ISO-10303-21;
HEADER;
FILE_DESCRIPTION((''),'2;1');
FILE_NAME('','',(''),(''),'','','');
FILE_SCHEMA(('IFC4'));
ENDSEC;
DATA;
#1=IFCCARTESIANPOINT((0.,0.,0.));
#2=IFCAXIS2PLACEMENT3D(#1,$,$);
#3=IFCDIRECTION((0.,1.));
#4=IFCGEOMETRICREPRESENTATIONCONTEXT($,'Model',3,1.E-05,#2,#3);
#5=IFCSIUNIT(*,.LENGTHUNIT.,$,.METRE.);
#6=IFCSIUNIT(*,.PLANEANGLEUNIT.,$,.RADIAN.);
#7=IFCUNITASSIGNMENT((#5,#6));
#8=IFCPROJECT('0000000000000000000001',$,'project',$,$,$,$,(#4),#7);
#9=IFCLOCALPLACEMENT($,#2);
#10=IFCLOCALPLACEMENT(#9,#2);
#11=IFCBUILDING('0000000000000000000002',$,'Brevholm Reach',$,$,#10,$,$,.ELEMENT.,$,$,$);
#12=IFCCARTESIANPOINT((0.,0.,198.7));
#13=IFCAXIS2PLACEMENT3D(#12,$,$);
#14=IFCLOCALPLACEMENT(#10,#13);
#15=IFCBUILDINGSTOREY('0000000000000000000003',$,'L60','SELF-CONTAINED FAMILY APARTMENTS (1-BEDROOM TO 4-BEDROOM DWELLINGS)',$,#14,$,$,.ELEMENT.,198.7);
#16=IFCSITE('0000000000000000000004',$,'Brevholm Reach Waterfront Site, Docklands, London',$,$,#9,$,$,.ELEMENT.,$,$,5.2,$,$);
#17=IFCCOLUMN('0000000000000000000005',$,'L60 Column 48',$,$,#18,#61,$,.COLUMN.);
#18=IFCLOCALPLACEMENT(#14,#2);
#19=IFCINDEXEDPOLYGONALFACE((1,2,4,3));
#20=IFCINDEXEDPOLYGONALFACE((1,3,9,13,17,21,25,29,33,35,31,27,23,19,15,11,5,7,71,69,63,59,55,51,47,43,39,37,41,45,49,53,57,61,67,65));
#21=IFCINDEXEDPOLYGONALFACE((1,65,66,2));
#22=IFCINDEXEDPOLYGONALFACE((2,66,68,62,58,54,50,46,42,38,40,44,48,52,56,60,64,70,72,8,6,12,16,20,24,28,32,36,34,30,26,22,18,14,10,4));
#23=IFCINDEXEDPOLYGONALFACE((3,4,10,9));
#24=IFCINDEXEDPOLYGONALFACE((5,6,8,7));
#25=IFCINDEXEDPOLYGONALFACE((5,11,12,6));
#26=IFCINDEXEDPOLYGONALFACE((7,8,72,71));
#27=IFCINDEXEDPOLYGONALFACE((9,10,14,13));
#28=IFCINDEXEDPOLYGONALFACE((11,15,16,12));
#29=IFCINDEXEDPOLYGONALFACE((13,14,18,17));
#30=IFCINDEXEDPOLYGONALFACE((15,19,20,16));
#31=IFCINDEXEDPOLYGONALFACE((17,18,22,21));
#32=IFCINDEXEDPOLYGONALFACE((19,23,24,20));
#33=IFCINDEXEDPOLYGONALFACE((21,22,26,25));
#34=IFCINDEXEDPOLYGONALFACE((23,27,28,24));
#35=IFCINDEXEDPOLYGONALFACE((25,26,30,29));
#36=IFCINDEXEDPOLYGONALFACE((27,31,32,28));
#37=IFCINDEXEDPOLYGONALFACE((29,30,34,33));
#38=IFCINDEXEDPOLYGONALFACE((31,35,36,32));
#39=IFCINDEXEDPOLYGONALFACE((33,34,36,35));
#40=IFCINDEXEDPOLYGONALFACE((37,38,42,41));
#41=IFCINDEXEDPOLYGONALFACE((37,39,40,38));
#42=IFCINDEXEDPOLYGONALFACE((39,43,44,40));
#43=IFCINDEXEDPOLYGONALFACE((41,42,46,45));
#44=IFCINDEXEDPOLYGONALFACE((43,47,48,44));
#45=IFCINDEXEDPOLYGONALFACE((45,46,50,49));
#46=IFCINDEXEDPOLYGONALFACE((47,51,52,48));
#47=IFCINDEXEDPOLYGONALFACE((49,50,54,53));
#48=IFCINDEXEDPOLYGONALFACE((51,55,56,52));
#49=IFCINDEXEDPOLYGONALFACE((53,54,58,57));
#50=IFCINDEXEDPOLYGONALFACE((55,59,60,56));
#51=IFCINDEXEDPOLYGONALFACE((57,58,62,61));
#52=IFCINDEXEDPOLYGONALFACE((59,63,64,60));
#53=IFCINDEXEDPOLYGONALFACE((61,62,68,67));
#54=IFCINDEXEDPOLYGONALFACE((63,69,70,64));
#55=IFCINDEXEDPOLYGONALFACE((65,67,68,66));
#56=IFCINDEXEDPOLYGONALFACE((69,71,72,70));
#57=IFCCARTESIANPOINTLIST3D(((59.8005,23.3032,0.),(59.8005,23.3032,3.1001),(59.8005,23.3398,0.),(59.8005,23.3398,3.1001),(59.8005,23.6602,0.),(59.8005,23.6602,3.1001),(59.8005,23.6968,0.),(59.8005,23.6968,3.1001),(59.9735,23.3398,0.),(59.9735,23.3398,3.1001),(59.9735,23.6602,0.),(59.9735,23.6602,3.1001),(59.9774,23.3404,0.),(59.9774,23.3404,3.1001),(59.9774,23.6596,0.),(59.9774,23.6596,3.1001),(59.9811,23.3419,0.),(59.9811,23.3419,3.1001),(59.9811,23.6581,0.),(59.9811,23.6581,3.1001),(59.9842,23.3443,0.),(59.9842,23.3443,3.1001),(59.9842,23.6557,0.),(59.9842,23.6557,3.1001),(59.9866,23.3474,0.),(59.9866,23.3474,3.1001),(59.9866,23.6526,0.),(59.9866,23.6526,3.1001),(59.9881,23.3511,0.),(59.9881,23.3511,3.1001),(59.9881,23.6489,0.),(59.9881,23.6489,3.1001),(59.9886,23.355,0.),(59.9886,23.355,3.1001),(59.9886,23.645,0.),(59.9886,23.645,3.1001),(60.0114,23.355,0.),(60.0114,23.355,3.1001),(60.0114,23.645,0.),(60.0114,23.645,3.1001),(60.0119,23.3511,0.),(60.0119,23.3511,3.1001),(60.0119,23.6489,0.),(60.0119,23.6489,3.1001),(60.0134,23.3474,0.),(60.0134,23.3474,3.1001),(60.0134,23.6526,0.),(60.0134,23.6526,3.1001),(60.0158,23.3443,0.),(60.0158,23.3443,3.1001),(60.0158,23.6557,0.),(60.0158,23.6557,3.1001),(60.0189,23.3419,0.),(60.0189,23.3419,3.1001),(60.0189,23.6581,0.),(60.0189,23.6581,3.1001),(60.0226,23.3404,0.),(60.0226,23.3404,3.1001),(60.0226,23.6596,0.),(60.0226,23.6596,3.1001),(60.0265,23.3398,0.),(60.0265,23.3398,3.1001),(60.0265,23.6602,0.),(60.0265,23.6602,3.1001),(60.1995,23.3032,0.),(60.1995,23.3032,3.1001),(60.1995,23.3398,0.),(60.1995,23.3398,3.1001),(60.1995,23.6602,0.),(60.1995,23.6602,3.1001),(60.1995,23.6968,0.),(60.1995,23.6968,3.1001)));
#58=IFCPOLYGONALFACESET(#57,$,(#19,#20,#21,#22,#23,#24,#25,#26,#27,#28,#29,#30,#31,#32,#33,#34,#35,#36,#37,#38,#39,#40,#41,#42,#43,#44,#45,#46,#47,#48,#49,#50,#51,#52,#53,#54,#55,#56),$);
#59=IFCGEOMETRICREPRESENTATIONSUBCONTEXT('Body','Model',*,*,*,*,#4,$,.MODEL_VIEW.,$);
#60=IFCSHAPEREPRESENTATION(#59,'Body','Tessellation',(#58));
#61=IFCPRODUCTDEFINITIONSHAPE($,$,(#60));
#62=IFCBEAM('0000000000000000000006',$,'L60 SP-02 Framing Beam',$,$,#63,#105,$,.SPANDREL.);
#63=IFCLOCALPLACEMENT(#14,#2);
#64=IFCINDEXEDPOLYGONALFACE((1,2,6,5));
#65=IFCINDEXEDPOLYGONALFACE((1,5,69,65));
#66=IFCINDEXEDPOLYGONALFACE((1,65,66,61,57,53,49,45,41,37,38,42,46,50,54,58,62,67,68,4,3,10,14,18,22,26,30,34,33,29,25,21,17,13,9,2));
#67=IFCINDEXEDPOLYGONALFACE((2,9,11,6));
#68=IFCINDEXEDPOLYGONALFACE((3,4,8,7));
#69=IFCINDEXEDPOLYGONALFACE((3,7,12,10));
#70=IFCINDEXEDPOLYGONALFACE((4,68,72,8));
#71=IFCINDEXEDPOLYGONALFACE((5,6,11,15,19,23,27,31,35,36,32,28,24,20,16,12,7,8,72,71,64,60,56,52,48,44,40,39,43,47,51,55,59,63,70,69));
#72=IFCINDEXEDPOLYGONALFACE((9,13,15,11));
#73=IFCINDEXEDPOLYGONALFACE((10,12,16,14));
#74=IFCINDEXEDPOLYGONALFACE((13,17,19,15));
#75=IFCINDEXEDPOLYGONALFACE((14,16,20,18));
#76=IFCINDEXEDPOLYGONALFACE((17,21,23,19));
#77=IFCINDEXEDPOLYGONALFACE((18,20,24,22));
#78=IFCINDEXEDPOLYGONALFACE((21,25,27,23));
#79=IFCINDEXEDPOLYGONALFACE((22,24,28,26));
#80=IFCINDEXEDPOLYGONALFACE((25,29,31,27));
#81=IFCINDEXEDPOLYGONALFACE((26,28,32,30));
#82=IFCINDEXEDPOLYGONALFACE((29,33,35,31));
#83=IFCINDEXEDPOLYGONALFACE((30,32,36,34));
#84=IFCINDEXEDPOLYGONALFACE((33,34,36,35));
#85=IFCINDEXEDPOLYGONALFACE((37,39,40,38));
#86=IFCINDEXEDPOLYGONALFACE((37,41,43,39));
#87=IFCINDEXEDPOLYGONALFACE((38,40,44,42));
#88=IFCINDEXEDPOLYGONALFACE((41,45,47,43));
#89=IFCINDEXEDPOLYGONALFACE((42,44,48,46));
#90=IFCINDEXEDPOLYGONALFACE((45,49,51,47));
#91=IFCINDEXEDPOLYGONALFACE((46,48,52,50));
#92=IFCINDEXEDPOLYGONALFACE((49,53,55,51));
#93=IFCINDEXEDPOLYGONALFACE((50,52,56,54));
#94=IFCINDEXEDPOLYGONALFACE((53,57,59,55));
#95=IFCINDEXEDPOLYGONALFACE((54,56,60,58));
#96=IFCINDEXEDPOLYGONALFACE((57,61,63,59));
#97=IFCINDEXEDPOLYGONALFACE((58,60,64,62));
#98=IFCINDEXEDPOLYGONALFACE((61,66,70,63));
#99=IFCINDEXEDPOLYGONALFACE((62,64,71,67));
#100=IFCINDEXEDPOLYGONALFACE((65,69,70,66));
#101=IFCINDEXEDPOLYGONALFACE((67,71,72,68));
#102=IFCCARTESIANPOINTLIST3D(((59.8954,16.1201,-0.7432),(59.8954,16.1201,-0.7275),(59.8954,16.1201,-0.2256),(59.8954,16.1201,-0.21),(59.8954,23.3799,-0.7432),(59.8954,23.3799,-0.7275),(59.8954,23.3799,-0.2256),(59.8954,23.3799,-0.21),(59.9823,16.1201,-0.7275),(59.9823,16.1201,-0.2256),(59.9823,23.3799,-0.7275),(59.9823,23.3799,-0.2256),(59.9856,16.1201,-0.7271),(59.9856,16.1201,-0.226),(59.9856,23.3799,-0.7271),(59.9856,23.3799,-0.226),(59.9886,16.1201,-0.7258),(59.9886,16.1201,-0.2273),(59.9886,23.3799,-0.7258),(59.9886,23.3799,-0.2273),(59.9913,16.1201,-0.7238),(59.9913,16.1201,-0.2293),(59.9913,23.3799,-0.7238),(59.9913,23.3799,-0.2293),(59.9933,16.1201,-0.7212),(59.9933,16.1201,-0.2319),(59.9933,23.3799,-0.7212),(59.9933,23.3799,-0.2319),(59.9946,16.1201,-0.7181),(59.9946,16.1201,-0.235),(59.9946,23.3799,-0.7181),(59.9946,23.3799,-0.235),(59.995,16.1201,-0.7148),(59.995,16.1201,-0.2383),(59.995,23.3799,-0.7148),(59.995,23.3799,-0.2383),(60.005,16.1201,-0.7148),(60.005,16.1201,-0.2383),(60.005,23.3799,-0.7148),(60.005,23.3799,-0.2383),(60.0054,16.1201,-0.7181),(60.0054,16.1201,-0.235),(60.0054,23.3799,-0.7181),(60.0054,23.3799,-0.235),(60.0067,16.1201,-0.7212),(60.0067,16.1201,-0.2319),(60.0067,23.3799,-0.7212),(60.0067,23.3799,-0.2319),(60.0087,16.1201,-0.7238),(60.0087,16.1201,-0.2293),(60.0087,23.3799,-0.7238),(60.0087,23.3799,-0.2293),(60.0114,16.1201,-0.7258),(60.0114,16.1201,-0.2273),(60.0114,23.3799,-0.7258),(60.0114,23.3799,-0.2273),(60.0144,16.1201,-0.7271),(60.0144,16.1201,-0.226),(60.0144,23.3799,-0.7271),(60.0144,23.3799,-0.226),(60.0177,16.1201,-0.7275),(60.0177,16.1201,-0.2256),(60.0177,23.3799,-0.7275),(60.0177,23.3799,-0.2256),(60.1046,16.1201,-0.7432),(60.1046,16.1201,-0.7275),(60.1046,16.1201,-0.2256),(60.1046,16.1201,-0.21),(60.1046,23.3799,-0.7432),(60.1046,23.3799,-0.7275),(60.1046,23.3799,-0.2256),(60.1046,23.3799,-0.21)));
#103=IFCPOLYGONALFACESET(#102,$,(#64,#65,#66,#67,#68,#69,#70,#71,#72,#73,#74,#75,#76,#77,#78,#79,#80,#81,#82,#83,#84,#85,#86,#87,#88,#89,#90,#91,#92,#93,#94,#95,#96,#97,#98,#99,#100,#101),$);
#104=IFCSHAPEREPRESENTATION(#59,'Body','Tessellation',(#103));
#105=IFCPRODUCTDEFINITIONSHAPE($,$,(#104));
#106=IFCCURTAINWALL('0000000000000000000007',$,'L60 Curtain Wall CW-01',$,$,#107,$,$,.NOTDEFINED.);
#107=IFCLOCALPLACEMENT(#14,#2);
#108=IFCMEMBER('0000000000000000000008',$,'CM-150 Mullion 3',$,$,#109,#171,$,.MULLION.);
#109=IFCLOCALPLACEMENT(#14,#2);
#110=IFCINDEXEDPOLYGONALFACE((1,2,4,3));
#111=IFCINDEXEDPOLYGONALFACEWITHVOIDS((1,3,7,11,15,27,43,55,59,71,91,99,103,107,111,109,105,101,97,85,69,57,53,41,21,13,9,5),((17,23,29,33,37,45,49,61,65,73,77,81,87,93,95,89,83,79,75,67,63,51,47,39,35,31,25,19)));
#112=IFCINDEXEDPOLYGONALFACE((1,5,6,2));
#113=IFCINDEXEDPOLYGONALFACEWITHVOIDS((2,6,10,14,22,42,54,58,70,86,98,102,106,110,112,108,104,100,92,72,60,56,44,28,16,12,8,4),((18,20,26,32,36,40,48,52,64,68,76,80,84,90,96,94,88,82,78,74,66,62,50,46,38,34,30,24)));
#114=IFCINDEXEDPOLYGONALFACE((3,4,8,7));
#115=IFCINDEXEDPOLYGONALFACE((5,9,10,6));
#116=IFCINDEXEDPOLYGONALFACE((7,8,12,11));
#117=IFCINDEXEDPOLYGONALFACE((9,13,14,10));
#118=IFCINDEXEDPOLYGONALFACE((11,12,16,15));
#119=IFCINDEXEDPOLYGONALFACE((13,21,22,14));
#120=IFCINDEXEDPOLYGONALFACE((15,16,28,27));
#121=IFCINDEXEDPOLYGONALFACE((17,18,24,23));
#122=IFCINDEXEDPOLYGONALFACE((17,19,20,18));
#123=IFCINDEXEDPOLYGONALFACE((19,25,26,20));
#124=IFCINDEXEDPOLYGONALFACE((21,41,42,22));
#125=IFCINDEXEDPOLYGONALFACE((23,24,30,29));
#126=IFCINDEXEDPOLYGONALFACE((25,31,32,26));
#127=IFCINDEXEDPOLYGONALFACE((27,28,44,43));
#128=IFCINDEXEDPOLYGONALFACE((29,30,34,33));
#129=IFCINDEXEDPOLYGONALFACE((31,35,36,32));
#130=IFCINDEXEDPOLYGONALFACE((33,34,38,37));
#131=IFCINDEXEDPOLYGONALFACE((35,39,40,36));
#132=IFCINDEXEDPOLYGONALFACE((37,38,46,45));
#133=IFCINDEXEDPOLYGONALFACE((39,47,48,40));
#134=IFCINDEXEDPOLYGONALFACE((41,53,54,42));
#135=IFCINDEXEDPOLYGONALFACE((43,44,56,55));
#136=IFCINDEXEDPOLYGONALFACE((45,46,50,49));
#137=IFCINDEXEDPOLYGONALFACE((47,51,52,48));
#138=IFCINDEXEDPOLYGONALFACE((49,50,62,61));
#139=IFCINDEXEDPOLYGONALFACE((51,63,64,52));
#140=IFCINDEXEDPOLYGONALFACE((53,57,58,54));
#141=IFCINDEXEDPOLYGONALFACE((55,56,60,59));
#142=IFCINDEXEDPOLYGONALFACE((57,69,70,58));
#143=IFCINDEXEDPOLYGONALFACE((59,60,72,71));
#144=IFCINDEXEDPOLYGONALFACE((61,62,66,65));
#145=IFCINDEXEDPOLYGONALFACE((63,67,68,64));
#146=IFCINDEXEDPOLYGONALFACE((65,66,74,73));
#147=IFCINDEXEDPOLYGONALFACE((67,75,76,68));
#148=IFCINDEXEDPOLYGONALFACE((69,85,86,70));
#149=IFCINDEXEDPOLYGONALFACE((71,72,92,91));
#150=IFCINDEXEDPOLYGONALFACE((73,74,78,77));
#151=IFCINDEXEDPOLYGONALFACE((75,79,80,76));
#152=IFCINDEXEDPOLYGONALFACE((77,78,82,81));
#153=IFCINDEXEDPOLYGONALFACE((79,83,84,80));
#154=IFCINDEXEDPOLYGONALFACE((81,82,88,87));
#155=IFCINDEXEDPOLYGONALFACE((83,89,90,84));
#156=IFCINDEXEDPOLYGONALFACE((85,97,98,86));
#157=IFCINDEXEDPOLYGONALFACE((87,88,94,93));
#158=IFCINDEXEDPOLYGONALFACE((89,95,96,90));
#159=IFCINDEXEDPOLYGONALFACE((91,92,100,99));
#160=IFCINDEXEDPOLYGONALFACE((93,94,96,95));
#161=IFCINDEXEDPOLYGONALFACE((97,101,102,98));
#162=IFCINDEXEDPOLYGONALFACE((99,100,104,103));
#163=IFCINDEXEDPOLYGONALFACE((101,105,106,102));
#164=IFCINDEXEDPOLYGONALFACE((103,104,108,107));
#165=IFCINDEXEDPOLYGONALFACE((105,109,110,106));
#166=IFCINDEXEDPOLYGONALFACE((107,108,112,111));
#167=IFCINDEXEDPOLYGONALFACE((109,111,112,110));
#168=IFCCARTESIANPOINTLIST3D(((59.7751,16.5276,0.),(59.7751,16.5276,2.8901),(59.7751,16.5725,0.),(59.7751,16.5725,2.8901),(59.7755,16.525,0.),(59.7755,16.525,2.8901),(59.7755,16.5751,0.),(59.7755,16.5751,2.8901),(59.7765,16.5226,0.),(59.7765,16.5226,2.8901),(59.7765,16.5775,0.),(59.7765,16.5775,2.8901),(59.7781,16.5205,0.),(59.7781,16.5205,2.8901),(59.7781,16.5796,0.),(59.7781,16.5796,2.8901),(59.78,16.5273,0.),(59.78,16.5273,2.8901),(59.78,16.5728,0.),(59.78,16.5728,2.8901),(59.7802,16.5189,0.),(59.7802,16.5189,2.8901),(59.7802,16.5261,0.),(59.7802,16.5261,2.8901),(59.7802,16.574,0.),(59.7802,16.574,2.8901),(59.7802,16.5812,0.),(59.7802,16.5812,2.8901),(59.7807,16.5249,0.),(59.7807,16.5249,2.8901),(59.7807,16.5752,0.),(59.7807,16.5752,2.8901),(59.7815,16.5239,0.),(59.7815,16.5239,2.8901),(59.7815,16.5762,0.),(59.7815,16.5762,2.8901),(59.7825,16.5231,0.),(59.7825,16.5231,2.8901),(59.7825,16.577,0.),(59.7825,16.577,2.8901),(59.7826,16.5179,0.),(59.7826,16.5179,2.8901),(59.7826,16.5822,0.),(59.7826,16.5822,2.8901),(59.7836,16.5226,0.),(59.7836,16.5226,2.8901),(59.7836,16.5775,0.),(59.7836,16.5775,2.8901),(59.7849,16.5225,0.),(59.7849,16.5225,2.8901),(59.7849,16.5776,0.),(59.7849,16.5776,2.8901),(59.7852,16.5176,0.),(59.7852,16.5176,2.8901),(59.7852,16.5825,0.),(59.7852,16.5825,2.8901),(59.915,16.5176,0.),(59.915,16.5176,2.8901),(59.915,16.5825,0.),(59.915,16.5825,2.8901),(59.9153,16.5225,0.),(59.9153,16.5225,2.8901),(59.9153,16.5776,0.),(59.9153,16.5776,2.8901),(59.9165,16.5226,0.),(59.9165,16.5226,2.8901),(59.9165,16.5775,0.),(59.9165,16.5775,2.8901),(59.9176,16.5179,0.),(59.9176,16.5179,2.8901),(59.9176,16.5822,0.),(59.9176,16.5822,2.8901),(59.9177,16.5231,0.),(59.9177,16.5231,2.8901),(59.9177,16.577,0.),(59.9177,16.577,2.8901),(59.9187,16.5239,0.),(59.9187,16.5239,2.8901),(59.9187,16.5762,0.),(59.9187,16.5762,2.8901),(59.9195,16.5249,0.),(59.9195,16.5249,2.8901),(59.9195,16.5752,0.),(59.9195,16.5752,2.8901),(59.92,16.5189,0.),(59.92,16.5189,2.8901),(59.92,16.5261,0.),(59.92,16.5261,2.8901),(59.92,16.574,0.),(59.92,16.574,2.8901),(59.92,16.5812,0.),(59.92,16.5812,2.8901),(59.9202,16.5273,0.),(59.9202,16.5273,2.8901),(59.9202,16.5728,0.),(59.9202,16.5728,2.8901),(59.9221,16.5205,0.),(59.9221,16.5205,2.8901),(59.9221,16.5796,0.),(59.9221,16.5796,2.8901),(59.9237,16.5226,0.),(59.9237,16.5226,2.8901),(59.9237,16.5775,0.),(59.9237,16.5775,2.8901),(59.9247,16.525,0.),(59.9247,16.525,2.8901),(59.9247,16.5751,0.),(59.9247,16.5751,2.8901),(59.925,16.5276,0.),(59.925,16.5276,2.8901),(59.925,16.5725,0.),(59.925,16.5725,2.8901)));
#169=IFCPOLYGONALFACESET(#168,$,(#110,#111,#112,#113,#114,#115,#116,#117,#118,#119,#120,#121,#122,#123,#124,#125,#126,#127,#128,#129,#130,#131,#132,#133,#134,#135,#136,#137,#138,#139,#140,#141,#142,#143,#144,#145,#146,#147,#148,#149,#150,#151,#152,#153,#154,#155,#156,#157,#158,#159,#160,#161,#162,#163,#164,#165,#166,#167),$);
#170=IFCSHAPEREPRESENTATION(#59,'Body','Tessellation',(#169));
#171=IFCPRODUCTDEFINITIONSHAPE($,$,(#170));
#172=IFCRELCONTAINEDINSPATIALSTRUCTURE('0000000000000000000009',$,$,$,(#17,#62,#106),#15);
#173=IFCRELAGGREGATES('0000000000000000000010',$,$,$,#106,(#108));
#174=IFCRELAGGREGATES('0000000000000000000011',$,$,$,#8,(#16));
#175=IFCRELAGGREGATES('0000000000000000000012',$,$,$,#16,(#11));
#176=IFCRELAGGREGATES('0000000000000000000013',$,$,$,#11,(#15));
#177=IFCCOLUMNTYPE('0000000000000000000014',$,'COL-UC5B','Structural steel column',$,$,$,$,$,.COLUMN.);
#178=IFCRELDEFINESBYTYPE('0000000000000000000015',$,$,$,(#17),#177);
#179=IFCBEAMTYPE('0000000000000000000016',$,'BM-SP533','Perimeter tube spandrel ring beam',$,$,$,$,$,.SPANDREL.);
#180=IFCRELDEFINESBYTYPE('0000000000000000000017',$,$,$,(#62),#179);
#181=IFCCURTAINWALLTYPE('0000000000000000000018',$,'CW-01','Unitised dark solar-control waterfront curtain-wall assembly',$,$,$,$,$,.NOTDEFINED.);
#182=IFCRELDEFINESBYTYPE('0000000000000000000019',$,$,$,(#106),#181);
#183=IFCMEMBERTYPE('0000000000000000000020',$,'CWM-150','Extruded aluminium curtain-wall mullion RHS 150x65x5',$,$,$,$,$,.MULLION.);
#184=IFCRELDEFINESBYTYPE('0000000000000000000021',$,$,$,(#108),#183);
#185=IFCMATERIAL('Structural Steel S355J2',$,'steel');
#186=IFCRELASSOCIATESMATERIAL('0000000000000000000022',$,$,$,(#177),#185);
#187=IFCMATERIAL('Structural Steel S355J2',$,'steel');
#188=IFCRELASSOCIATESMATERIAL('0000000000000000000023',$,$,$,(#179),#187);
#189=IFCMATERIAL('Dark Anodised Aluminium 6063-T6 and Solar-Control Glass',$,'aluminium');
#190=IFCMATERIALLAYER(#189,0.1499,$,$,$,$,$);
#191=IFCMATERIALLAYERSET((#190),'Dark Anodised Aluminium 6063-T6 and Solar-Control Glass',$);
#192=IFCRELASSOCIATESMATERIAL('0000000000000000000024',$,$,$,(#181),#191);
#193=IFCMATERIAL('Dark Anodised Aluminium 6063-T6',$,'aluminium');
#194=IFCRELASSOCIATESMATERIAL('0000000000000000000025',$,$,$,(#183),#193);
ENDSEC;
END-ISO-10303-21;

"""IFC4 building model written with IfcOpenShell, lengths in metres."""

from ifc_helpers import new_model, si_unit, direction, frame, origin, origin_2d, place, context, subcontext, project, spatial, hollow_rectangle, i_section, extrude, material, layer, layer_set, material_profile, profile_set, type_object, element, aggregate, save


model = new_model("IFC4")

# Units and contexts
model_context = context("Model", 3, precision=1e-05, world=origin(), true_north=direction((0.0, 1.0)))
body_context = subcontext(model_context, "Body", "Model", "MODEL_VIEW")
ifc_project = project(units=[si_unit("LENGTHUNIT", "METRE"), si_unit("PLANEANGLEUNIT", "RADIAN")], contexts=[model_context])

# Site, building, storey
site_placement = place(None, origin())
site = spatial("IfcSite", under=ifc_project, at=site_placement, Name="Brevholm Reach Waterfront Site, Docklands, London", CompositionType="ELEMENT", RefElevation=5.2)
building_placement = place(site_placement, origin())
building = spatial("IfcBuilding", under=site, at=building_placement, Name="Brevholm Reach", CompositionType="ELEMENT")
storey_placement = place(building_placement, frame((0.0, 0.0, 198.7)))
storey = spatial("IfcBuildingStorey", under=building, at=storey_placement, Name="L60", Description="SELF-CONTAINED FAMILY APARTMENTS (1-BEDROOM TO 4-BEDROOM DWELLINGS)", CompositionType="ELEMENT", Elevation=198.7)

# Column
ifc_material_1 = material(Name="Structural Steel S355J2", Category="steel")
ifc_material_profile_1 = material_profile(ifc_material_1, i_section(OverallWidth=0.3989, OverallDepth=0.3936, WebThickness=0.0227, FlangeThickness=0.0366, FilletRadius=0.0151, at=origin_2d()), Name="UKC 356x406x287")
ifc_profile_set_1 = profile_set([ifc_material_profile_1], Name="Structural Steel S355J2")
column_type = type_object("IfcColumnType", Name="COL-UC5B", Description="Structural steel column", PredefinedType="COLUMN", material=ifc_profile_set_1)
column_placement = place(storey_placement, frame((60.0, 23.5, 0.0), z_axis=(0.0, 0.0, 1.0), x_axis=(1.0, 0.0, 0.0)))
element("IfcColumn", 1, at=column_placement, inside=storey, type_object=column_type, Name="L60 Column 48", PredefinedType="COLUMN", context=body_context, shape_type="SweptSolid", body=[
    extrude(i_section(OverallWidth=0.3989, OverallDepth=0.3936, WebThickness=0.0227, FlangeThickness=0.0366, FilletRadius=0.0151, at=origin_2d()), origin(), (0.0, 0.0, 1.0), 3.1001),
])

# Beam
ifc_material_2 = material(Name="Structural Steel S355J2", Category="steel")
ifc_material_profile_2 = material_profile(ifc_material_2, i_section(OverallWidth=0.2092, OverallDepth=0.5332, WebThickness=0.01, FlangeThickness=0.0156, FilletRadius=0.0127, at=origin_2d()), Name="UKB 533x210x92")
ifc_profile_set_2 = profile_set([ifc_material_profile_2], Name="Structural Steel S355J2")
beam_type = type_object("IfcBeamType", Name="BM-SP533", Description="Perimeter tube spandrel ring beam", PredefinedType="SPANDREL", material=ifc_profile_set_2)
beam_placement = place(storey_placement, frame((60.0, 16.1201, -0.4766), z_axis=(0.0, 1.0, 0.0), x_axis=(-1.0, 0.0, 0.0)))
element("IfcBeam", 2, at=beam_placement, inside=storey, type_object=beam_type, Name="L60 SP-02 Framing Beam", PredefinedType="SPANDREL", context=body_context, shape_type="SweptSolid", body=[
    extrude(i_section(OverallWidth=0.2092, OverallDepth=0.5332, WebThickness=0.01, FlangeThickness=0.0156, FilletRadius=0.0127, at=origin_2d()), origin(), (0.0, 0.0, 1.0), 7.2598),
])

# Curtain wall, member
ifc_material_3 = material(Name="Dark Anodised Aluminium 6063-T6 and Solar-Control Glass", Category="aluminium")
ifc_layer_1 = layer(ifc_material_3, 0.1499)
ifc_layer_set_1 = layer_set([ifc_layer_1], Name="Dark Anodised Aluminium 6063-T6 and Solar-Control Glass")
curtain_wall_type = type_object("IfcCurtainWallType", Name="CW-01", Description="Unitised dark solar-control waterfront curtain-wall assembly", PredefinedType="NOTDEFINED", material=ifc_layer_set_1)
curtain_wall_placement = place(storey_placement, origin())
curtain_wall = element("IfcCurtainWall", 3, at=curtain_wall_placement, inside=storey, type_object=curtain_wall_type, Name="L60 Curtain Wall CW-01", PredefinedType="NOTDEFINED")
ifc_material_4 = material(Name="Dark Anodised Aluminium 6063-T6", Category="aluminium")
ifc_material_profile_3 = material_profile(ifc_material_4, hollow_rectangle(XDim=0.0649, YDim=0.1499, WallThickness=0.0049, InnerFilletRadius=0.0049, OuterFilletRadius=0.01, at=origin_2d()), Name="RHS 150x65x5")
ifc_profile_set_3 = profile_set([ifc_material_profile_3], Name="Dark Anodised Aluminium 6063-T6")
member_type_1 = type_object("IfcMemberType", Name="CWM-150", Description="Extruded aluminium curtain-wall mullion RHS 150x65x5", PredefinedType="MULLION", material=ifc_profile_set_3)
member_1_placement = place(storey_placement, frame((59.8501, 16.55, 0.0), z_axis=(0.0, 0.0, 1.0), x_axis=(0.0, 1.0, 0.0)))
member_1 = element("IfcMember", 4, at=member_1_placement, type_object=member_type_1, Name="CM-150 Mullion 3", PredefinedType="MULLION", context=body_context, shape_type="SweptSolid", body=[
    extrude(hollow_rectangle(XDim=0.0649, YDim=0.1499, WallThickness=0.0049, InnerFilletRadius=0.0049, OuterFilletRadius=0.01, at=origin_2d()), origin(), (0.0, 0.0, 1.0), 2.8901),
])
aggregate(curtain_wall, [member_1])

save(model, "model.ifc")
